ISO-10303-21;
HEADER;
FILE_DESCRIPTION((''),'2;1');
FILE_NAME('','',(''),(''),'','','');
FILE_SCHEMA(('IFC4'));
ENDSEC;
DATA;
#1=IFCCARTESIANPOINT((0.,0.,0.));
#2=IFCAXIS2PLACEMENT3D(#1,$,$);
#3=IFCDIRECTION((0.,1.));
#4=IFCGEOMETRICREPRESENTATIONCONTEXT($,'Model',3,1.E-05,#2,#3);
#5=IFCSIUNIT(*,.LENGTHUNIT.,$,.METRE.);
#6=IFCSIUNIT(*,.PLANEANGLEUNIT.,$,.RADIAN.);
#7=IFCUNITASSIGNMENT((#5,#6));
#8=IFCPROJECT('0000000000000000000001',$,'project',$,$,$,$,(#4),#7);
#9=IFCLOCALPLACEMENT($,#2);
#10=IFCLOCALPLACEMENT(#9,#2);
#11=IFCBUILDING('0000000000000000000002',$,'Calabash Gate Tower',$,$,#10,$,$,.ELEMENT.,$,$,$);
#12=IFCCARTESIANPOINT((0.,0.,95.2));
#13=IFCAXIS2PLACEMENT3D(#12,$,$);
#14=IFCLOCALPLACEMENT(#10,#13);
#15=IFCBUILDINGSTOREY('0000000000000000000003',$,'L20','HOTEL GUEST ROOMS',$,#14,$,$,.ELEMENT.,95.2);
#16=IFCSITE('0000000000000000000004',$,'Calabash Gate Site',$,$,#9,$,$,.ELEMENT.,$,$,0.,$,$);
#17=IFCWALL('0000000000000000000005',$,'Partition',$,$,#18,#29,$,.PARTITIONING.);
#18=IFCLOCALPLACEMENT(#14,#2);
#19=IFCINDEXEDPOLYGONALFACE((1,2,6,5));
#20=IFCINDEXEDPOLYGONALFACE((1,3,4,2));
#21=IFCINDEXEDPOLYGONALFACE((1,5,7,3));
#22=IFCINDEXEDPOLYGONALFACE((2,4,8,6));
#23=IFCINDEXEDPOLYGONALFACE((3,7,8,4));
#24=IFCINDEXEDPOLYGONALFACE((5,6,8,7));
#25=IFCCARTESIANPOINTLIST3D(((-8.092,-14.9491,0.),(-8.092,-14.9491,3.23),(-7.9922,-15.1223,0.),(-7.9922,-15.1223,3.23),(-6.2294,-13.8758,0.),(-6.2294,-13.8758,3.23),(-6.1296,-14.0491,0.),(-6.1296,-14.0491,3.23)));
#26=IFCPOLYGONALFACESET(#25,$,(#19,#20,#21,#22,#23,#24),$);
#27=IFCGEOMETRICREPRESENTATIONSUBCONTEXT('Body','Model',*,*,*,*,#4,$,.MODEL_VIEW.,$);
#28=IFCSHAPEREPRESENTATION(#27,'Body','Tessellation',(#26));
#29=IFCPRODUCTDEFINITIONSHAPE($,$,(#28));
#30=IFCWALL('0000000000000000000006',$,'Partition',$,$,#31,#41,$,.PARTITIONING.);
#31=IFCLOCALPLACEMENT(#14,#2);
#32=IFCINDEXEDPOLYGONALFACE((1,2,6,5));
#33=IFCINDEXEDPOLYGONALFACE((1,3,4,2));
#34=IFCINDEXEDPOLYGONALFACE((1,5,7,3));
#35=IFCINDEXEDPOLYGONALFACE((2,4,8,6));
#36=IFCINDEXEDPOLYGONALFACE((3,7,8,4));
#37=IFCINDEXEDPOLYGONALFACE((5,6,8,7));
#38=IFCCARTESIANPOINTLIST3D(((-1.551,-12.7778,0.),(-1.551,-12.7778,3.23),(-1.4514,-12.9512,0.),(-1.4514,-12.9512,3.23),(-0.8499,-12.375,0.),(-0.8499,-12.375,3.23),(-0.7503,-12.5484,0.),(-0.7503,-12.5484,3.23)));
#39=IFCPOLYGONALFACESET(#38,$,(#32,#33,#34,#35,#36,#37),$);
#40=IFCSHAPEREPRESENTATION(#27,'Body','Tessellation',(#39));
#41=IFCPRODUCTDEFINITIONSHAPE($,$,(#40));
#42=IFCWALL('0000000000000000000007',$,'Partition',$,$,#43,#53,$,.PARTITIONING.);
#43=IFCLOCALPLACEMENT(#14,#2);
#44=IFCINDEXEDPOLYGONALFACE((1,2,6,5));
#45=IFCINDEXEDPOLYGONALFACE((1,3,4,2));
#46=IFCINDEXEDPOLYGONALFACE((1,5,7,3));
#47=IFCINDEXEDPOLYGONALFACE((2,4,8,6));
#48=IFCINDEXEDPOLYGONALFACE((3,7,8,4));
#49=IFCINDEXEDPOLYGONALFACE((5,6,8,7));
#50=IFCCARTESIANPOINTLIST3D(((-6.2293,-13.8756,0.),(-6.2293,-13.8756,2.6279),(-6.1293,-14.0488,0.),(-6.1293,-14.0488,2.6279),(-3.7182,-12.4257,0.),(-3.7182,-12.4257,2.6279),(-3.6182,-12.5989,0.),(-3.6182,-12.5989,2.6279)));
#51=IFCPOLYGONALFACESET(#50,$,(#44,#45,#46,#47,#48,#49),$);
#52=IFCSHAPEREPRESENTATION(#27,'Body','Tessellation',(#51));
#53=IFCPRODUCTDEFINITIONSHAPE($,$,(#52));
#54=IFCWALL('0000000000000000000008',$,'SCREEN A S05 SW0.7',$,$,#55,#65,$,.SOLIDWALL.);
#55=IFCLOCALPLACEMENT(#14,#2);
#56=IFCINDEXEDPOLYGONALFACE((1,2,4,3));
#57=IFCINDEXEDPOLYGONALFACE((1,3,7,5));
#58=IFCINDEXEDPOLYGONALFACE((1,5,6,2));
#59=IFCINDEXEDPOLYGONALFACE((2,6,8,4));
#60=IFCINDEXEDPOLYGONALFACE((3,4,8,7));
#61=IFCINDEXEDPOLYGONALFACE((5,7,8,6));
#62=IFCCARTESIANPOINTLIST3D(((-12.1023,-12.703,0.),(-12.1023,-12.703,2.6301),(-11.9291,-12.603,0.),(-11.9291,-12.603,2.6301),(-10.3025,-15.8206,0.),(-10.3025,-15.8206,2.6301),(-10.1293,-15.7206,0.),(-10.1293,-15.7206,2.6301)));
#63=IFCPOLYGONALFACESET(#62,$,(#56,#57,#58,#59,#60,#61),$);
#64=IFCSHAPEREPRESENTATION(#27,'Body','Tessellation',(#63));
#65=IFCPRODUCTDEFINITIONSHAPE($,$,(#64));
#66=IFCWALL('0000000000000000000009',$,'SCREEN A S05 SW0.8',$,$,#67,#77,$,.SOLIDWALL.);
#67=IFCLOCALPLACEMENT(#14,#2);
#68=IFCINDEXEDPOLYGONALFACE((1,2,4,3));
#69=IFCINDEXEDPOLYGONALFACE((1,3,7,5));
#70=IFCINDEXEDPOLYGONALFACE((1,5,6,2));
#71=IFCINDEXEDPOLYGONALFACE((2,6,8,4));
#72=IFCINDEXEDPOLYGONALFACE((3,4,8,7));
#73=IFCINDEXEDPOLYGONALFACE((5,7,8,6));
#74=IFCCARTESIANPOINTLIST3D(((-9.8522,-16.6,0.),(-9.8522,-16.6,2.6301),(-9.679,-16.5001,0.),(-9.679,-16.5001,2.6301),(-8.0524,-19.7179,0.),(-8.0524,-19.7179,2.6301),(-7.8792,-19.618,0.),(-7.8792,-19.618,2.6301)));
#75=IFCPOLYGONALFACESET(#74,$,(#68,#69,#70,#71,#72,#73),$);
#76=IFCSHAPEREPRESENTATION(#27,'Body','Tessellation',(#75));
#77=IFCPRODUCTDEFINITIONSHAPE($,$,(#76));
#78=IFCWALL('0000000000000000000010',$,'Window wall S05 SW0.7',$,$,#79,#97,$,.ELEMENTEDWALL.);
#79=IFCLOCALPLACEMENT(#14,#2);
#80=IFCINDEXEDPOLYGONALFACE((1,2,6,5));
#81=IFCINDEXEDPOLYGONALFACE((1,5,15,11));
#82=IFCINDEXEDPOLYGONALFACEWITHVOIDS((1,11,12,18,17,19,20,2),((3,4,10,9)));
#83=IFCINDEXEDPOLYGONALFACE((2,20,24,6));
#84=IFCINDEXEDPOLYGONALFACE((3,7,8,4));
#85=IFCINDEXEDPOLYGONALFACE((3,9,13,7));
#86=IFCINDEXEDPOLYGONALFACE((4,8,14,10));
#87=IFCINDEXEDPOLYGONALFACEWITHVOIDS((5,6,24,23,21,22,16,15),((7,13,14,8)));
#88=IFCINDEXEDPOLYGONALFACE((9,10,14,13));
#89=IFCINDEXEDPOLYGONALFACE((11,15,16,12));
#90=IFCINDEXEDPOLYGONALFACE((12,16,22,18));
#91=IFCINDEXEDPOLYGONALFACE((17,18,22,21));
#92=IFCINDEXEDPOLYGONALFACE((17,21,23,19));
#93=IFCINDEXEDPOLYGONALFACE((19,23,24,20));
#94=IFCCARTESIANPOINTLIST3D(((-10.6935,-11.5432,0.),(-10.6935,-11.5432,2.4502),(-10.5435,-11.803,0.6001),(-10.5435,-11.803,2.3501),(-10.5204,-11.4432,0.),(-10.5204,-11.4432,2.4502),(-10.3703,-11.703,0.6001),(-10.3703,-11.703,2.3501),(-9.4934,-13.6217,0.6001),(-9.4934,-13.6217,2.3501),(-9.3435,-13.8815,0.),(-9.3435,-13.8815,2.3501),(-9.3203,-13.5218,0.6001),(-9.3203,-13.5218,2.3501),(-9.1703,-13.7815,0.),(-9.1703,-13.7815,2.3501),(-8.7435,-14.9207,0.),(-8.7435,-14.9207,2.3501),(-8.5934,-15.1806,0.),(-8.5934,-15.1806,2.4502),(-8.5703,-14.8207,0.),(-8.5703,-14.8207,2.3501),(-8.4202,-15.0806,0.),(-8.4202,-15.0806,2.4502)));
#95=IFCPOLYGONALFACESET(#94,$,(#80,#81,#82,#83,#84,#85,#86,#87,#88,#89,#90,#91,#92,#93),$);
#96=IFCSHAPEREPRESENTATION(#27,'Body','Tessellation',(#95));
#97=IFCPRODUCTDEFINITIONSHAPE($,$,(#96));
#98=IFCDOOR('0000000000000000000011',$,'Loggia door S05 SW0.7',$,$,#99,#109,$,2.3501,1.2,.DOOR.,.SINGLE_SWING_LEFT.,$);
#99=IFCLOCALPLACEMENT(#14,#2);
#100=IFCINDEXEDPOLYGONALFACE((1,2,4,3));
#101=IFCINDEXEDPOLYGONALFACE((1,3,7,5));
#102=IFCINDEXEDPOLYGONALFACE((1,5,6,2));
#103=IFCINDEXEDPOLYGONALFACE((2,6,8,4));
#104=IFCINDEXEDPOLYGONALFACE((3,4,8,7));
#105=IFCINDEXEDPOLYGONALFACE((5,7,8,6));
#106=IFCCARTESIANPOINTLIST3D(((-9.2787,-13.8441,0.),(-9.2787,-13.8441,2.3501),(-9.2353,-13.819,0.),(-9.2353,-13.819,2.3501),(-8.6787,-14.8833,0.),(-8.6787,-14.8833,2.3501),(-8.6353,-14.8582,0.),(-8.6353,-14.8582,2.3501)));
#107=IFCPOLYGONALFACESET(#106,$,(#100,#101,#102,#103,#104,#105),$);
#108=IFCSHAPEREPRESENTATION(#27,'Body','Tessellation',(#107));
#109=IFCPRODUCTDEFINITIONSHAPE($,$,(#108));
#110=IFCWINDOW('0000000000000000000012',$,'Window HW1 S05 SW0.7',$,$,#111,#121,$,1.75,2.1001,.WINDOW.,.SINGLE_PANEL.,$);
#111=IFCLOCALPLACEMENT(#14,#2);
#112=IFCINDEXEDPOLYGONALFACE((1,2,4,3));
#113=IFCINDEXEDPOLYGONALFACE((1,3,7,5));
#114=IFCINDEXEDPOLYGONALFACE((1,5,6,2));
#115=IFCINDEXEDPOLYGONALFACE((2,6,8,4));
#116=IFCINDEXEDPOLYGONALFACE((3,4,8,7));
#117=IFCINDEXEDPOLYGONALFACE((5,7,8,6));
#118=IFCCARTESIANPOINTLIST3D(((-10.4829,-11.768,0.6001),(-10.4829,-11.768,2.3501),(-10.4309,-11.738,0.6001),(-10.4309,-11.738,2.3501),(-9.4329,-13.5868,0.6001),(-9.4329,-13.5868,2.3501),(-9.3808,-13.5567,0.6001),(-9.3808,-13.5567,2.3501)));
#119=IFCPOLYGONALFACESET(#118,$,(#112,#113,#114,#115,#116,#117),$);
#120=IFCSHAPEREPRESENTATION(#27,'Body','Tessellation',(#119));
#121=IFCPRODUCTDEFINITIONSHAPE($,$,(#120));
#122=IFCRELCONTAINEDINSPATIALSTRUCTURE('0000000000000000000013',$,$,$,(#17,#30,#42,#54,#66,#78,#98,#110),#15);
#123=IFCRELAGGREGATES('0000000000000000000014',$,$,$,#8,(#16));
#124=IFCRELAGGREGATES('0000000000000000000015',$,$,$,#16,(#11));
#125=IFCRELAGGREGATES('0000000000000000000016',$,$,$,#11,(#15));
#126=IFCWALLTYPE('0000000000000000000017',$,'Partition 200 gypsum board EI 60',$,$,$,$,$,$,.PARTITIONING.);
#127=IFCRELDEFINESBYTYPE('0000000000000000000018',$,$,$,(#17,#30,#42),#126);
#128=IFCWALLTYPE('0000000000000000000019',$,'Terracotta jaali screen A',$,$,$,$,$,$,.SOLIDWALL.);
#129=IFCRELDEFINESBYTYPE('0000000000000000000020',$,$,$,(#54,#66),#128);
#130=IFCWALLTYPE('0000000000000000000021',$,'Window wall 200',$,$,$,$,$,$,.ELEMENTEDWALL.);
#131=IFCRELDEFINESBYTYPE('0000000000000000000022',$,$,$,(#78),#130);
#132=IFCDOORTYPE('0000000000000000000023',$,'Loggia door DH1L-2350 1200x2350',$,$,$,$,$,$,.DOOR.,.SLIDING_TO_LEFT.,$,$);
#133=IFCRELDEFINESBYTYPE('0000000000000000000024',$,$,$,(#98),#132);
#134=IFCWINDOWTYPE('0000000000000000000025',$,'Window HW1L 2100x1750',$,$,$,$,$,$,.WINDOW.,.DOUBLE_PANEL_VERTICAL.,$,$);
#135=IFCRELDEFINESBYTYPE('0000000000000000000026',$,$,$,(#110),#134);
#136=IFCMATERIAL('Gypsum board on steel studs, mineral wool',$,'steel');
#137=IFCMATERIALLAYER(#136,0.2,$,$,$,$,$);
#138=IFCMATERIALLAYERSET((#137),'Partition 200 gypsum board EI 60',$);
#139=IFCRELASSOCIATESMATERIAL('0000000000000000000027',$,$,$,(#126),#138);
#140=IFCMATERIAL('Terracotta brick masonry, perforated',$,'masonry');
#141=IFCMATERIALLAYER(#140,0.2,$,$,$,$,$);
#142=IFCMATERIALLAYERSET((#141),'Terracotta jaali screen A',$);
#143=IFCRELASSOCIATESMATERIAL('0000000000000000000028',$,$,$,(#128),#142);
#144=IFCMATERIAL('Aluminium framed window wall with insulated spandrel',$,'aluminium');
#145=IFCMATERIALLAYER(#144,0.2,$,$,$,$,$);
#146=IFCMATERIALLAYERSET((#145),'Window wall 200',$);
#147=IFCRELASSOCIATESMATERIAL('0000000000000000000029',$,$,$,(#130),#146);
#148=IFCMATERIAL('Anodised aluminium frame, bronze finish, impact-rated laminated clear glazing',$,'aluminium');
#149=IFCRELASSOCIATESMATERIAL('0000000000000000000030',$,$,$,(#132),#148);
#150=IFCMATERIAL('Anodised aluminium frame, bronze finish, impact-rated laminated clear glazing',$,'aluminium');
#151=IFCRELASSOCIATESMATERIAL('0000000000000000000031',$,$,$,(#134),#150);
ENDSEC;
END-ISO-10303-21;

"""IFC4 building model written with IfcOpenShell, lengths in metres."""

from ifc_helpers import new_model, si_unit, direction, frame, frame_2d, origin, place, context, subcontext, project, spatial, rectangle, extrude, material, layer, layer_set, type_object, element, fill, save


model = new_model("IFC4")

# Units and contexts
model_context = context("Model", 3, precision=1e-05, world=origin(), true_north=direction((0.0, 1.0)))
body_context = subcontext(model_context, "Body", "Model", "MODEL_VIEW")
ifc_project = project(units=[si_unit("LENGTHUNIT", "METRE"), si_unit("PLANEANGLEUNIT", "RADIAN")], contexts=[model_context])

# Site, building, storey
site_placement = place(None, origin())
site = spatial("IfcSite", under=ifc_project, at=site_placement, Name="Calabash Gate Site", CompositionType="ELEMENT", RefElevation=0.0)
building_placement = place(site_placement, origin())
building = spatial("IfcBuilding", under=site, at=building_placement, Name="Calabash Gate Tower", CompositionType="ELEMENT")
storey_placement = place(building_placement, frame((0.0, 0.0, 95.2)))
storey = spatial("IfcBuildingStorey", under=building, at=storey_placement, Name="L20", Description="HOTEL GUEST ROOMS", CompositionType="ELEMENT", Elevation=95.2)

# Walls
ifc_material_1 = material(Name="Gypsum board on steel studs, mineral wool", Category="steel")
ifc_layer_1 = layer(ifc_material_1, 0.2)
ifc_layer_set_1 = layer_set([ifc_layer_1], Name="Partition 200 gypsum board EI 60")
wall_type_1 = type_object("IfcWallType", Name="Partition 200 gypsum board EI 60", PredefinedType="PARTITIONING", material=ifc_layer_set_1)
wall_1_placement = place(storey_placement, frame((-8.042, -15.0356, 0.0), z_axis=(0.0, 0.0, 1.0), x_axis=(0.866448, 0.499267, 0.0)))
element("IfcWall", 1, at=wall_1_placement, inside=storey, type_object=wall_type_1, Name="Partition", PredefinedType="PARTITIONING", context=body_context, shape_type="SweptSolid", body=[
    extrude(rectangle(XDim=2.1497, YDim=0.2, at=frame_2d((1.0747, 0.0))), origin(), (0.0, 0.0, 1.0), 3.23),
])
wall_2_placement = place(storey_placement, frame((-1.5012, -12.8645, 0.0), z_axis=(0.0, 0.0, 1.0), x_axis=(0.867089, 0.498153, 0.0)))
element("IfcWall", 2, at=wall_2_placement, inside=storey, type_object=wall_type_1, Name="Partition", PredefinedType="PARTITIONING", context=body_context, shape_type="SweptSolid", body=[
    extrude(rectangle(XDim=0.8086, YDim=0.2, at=frame_2d((0.4043, 0.0))), origin(), (0.0, 0.0, 1.0), 3.23),
])
wall_3_placement = place(storey_placement, frame((-6.1792, -13.9622, 0.0), z_axis=(0.0, 0.0, 1.0), x_axis=(0.866012, 0.500024, 0.0)))
element("IfcWall", 3, at=wall_3_placement, inside=storey, type_object=wall_type_1, Name="Partition", PredefinedType="PARTITIONING", context=body_context, shape_type="SweptSolid", body=[
    extrude(rectangle(XDim=2.8997, YDim=0.2, at=frame_2d((1.4497, 0.0))), origin(), (0.0, 0.0, 1.0), 2.6279),
])
ifc_material_2 = material(Name="Terracotta brick masonry, perforated", Category="masonry")
ifc_layer_2 = layer(ifc_material_2, 0.2)
ifc_layer_set_2 = layer_set([ifc_layer_2], Name="Terracotta jaali screen A")
wall_type_2 = type_object("IfcWallType", Name="Terracotta jaali screen A", PredefinedType="SOLIDWALL", material=ifc_layer_set_2)
wall_4_placement = place(storey_placement, frame((-12.0156, -12.6531, 0.0), z_axis=(0.0, 0.0, 1.0), x_axis=(0.499961, -0.866048, 0.0)))
element("IfcWall", 4, at=wall_4_placement, inside=storey, type_object=wall_type_2, Name="SCREEN A S05 SW0.7", PredefinedType="SOLIDWALL", context=body_context, shape_type="SweptSolid", body=[
    extrude(rectangle(XDim=3.5999, YDim=0.2, at=frame_2d((1.7998, 0.0))), origin(), (0.0, 0.0, 1.0), 2.6301),
])
wall_5_placement = place(storey_placement, frame((-9.7656, -16.55, 0.0), z_axis=(0.0, 0.0, 1.0), x_axis=(0.499932, -0.866065, 0.0)))
element("IfcWall", 5, at=wall_5_placement, inside=storey, type_object=wall_type_2, Name="SCREEN A S05 SW0.8", PredefinedType="SOLIDWALL", context=body_context, shape_type="SweptSolid", body=[
    extrude(rectangle(XDim=3.6001, YDim=0.2, at=frame_2d((1.8, 0.0))), origin(), (0.0, 0.0, 1.0), 2.6301),
])

# Wall, openings, door, window
ifc_material_3 = material(Name="Aluminium framed window wall with insulated spandrel", Category="aluminium")
ifc_layer_3 = layer(ifc_material_3, 0.2)
ifc_layer_set_3 = layer_set([ifc_layer_3], Name="Window wall 200")
wall_type_3 = type_object("IfcWallType", Name="Window wall 200", PredefinedType="ELEMENTEDWALL", material=ifc_layer_set_3)
wall_6_placement = place(storey_placement, frame((-10.6069, -11.4932, 0.0), z_axis=(0.0, 0.0, 1.0), x_axis=(0.500003, -0.866024, 0.0)))
wall_6 = element("IfcWall", 6, at=wall_6_placement, inside=storey, type_object=wall_type_3, Name="Window wall S05 SW0.7", PredefinedType="ELEMENTEDWALL", context=body_context, shape_type="SweptSolid", body=[
    extrude(rectangle(XDim=4.2002, YDim=0.2, at=frame_2d((2.1001, 0.0))), origin(), (0.0, 0.0, 1.0), 2.4502),
])
opening_1_placement = place(wall_6_placement, frame((0.3, 0.0, 0.6001)))
opening_1 = element("IfcOpeningElement", 7, at=opening_1_placement, cuts=wall_6, PredefinedType="OPENING", context=body_context, shape_type="SweptSolid", body=[
    extrude(rectangle(XDim=2.1001, YDim=1.75, at=frame_2d((1.05, 0.875))), frame((0.0, 0.1099, 0.0), z_axis=(0.0, -1.0, 0.0), x_axis=(1.0, 0.0, 0.0)), (0.0, 0.0, 1.0), 0.22),
])
opening_2_placement = place(wall_6_placement, frame((2.7, 0.0, 0.0)))
opening_2 = element("IfcOpeningElement", 8, at=opening_2_placement, cuts=wall_6, PredefinedType="OPENING", context=body_context, shape_type="SweptSolid", body=[
    extrude(rectangle(XDim=1.2, YDim=2.3501, at=frame_2d((0.6001, 1.175))), frame((0.0, 0.1099, 0.0), z_axis=(0.0, -1.0, 0.0), x_axis=(1.0, 0.0, 0.0)), (0.0, 0.0, 1.0), 0.22),
])
ifc_material_4 = material(Name="Anodised aluminium frame, bronze finish, impact-rated laminated clear glazing", Category="aluminium")
door_type_1 = type_object("IfcDoorType", Name="Loggia door DH1L-2350 1200x2350", OperationType="SLIDING_TO_LEFT", PredefinedType="DOOR", material=ifc_material_4)
door_1_placement = place(opening_2_placement, origin())
door_1 = element("IfcDoor", 9, at=door_1_placement, inside=storey, type_object=door_type_1, Name="Loggia door S05 SW0.7", OperationType="SINGLE_SWING_LEFT", OverallHeight=2.3501, OverallWidth=1.2, PredefinedType="DOOR", context=body_context, shape_type="SweptSolid", body=[
    extrude(rectangle(XDim=1.2, YDim=2.3501, at=frame_2d((0.6001, 1.175))), frame((0.0, 0.0249, 0.0), z_axis=(0.0, -1.0, 0.0), x_axis=(1.0, 0.0, 0.0)), (0.0, 0.0, 1.0), 0.05),
])
fill(opening_2, door_1)
ifc_material_5 = material(Name="Anodised aluminium frame, bronze finish, impact-rated laminated clear glazing", Category="aluminium")
window_type_1 = type_object("IfcWindowType", Name="Window HW1L 2100x1750", PartitioningType="DOUBLE_PANEL_VERTICAL", PredefinedType="WINDOW", material=ifc_material_5)
window_1_placement = place(opening_1_placement, origin())
window_1 = element("IfcWindow", 10, at=window_1_placement, inside=storey, type_object=window_type_1, Name="Window HW1 S05 SW0.7", OverallHeight=1.75, OverallWidth=2.1001, PartitioningType="SINGLE_PANEL", PredefinedType="WINDOW", context=body_context, shape_type="SweptSolid", body=[
    extrude(rectangle(XDim=2.1001, YDim=1.75, at=frame_2d((1.05, 0.875))), frame((0.0, 0.03, 0.0), z_axis=(0.0, -1.0, 0.0), x_axis=(1.0, 0.0, 0.0)), (0.0, 0.0, 1.0), 0.0601),
])
fill(opening_1, window_1)

save(model, "model.ifc")
